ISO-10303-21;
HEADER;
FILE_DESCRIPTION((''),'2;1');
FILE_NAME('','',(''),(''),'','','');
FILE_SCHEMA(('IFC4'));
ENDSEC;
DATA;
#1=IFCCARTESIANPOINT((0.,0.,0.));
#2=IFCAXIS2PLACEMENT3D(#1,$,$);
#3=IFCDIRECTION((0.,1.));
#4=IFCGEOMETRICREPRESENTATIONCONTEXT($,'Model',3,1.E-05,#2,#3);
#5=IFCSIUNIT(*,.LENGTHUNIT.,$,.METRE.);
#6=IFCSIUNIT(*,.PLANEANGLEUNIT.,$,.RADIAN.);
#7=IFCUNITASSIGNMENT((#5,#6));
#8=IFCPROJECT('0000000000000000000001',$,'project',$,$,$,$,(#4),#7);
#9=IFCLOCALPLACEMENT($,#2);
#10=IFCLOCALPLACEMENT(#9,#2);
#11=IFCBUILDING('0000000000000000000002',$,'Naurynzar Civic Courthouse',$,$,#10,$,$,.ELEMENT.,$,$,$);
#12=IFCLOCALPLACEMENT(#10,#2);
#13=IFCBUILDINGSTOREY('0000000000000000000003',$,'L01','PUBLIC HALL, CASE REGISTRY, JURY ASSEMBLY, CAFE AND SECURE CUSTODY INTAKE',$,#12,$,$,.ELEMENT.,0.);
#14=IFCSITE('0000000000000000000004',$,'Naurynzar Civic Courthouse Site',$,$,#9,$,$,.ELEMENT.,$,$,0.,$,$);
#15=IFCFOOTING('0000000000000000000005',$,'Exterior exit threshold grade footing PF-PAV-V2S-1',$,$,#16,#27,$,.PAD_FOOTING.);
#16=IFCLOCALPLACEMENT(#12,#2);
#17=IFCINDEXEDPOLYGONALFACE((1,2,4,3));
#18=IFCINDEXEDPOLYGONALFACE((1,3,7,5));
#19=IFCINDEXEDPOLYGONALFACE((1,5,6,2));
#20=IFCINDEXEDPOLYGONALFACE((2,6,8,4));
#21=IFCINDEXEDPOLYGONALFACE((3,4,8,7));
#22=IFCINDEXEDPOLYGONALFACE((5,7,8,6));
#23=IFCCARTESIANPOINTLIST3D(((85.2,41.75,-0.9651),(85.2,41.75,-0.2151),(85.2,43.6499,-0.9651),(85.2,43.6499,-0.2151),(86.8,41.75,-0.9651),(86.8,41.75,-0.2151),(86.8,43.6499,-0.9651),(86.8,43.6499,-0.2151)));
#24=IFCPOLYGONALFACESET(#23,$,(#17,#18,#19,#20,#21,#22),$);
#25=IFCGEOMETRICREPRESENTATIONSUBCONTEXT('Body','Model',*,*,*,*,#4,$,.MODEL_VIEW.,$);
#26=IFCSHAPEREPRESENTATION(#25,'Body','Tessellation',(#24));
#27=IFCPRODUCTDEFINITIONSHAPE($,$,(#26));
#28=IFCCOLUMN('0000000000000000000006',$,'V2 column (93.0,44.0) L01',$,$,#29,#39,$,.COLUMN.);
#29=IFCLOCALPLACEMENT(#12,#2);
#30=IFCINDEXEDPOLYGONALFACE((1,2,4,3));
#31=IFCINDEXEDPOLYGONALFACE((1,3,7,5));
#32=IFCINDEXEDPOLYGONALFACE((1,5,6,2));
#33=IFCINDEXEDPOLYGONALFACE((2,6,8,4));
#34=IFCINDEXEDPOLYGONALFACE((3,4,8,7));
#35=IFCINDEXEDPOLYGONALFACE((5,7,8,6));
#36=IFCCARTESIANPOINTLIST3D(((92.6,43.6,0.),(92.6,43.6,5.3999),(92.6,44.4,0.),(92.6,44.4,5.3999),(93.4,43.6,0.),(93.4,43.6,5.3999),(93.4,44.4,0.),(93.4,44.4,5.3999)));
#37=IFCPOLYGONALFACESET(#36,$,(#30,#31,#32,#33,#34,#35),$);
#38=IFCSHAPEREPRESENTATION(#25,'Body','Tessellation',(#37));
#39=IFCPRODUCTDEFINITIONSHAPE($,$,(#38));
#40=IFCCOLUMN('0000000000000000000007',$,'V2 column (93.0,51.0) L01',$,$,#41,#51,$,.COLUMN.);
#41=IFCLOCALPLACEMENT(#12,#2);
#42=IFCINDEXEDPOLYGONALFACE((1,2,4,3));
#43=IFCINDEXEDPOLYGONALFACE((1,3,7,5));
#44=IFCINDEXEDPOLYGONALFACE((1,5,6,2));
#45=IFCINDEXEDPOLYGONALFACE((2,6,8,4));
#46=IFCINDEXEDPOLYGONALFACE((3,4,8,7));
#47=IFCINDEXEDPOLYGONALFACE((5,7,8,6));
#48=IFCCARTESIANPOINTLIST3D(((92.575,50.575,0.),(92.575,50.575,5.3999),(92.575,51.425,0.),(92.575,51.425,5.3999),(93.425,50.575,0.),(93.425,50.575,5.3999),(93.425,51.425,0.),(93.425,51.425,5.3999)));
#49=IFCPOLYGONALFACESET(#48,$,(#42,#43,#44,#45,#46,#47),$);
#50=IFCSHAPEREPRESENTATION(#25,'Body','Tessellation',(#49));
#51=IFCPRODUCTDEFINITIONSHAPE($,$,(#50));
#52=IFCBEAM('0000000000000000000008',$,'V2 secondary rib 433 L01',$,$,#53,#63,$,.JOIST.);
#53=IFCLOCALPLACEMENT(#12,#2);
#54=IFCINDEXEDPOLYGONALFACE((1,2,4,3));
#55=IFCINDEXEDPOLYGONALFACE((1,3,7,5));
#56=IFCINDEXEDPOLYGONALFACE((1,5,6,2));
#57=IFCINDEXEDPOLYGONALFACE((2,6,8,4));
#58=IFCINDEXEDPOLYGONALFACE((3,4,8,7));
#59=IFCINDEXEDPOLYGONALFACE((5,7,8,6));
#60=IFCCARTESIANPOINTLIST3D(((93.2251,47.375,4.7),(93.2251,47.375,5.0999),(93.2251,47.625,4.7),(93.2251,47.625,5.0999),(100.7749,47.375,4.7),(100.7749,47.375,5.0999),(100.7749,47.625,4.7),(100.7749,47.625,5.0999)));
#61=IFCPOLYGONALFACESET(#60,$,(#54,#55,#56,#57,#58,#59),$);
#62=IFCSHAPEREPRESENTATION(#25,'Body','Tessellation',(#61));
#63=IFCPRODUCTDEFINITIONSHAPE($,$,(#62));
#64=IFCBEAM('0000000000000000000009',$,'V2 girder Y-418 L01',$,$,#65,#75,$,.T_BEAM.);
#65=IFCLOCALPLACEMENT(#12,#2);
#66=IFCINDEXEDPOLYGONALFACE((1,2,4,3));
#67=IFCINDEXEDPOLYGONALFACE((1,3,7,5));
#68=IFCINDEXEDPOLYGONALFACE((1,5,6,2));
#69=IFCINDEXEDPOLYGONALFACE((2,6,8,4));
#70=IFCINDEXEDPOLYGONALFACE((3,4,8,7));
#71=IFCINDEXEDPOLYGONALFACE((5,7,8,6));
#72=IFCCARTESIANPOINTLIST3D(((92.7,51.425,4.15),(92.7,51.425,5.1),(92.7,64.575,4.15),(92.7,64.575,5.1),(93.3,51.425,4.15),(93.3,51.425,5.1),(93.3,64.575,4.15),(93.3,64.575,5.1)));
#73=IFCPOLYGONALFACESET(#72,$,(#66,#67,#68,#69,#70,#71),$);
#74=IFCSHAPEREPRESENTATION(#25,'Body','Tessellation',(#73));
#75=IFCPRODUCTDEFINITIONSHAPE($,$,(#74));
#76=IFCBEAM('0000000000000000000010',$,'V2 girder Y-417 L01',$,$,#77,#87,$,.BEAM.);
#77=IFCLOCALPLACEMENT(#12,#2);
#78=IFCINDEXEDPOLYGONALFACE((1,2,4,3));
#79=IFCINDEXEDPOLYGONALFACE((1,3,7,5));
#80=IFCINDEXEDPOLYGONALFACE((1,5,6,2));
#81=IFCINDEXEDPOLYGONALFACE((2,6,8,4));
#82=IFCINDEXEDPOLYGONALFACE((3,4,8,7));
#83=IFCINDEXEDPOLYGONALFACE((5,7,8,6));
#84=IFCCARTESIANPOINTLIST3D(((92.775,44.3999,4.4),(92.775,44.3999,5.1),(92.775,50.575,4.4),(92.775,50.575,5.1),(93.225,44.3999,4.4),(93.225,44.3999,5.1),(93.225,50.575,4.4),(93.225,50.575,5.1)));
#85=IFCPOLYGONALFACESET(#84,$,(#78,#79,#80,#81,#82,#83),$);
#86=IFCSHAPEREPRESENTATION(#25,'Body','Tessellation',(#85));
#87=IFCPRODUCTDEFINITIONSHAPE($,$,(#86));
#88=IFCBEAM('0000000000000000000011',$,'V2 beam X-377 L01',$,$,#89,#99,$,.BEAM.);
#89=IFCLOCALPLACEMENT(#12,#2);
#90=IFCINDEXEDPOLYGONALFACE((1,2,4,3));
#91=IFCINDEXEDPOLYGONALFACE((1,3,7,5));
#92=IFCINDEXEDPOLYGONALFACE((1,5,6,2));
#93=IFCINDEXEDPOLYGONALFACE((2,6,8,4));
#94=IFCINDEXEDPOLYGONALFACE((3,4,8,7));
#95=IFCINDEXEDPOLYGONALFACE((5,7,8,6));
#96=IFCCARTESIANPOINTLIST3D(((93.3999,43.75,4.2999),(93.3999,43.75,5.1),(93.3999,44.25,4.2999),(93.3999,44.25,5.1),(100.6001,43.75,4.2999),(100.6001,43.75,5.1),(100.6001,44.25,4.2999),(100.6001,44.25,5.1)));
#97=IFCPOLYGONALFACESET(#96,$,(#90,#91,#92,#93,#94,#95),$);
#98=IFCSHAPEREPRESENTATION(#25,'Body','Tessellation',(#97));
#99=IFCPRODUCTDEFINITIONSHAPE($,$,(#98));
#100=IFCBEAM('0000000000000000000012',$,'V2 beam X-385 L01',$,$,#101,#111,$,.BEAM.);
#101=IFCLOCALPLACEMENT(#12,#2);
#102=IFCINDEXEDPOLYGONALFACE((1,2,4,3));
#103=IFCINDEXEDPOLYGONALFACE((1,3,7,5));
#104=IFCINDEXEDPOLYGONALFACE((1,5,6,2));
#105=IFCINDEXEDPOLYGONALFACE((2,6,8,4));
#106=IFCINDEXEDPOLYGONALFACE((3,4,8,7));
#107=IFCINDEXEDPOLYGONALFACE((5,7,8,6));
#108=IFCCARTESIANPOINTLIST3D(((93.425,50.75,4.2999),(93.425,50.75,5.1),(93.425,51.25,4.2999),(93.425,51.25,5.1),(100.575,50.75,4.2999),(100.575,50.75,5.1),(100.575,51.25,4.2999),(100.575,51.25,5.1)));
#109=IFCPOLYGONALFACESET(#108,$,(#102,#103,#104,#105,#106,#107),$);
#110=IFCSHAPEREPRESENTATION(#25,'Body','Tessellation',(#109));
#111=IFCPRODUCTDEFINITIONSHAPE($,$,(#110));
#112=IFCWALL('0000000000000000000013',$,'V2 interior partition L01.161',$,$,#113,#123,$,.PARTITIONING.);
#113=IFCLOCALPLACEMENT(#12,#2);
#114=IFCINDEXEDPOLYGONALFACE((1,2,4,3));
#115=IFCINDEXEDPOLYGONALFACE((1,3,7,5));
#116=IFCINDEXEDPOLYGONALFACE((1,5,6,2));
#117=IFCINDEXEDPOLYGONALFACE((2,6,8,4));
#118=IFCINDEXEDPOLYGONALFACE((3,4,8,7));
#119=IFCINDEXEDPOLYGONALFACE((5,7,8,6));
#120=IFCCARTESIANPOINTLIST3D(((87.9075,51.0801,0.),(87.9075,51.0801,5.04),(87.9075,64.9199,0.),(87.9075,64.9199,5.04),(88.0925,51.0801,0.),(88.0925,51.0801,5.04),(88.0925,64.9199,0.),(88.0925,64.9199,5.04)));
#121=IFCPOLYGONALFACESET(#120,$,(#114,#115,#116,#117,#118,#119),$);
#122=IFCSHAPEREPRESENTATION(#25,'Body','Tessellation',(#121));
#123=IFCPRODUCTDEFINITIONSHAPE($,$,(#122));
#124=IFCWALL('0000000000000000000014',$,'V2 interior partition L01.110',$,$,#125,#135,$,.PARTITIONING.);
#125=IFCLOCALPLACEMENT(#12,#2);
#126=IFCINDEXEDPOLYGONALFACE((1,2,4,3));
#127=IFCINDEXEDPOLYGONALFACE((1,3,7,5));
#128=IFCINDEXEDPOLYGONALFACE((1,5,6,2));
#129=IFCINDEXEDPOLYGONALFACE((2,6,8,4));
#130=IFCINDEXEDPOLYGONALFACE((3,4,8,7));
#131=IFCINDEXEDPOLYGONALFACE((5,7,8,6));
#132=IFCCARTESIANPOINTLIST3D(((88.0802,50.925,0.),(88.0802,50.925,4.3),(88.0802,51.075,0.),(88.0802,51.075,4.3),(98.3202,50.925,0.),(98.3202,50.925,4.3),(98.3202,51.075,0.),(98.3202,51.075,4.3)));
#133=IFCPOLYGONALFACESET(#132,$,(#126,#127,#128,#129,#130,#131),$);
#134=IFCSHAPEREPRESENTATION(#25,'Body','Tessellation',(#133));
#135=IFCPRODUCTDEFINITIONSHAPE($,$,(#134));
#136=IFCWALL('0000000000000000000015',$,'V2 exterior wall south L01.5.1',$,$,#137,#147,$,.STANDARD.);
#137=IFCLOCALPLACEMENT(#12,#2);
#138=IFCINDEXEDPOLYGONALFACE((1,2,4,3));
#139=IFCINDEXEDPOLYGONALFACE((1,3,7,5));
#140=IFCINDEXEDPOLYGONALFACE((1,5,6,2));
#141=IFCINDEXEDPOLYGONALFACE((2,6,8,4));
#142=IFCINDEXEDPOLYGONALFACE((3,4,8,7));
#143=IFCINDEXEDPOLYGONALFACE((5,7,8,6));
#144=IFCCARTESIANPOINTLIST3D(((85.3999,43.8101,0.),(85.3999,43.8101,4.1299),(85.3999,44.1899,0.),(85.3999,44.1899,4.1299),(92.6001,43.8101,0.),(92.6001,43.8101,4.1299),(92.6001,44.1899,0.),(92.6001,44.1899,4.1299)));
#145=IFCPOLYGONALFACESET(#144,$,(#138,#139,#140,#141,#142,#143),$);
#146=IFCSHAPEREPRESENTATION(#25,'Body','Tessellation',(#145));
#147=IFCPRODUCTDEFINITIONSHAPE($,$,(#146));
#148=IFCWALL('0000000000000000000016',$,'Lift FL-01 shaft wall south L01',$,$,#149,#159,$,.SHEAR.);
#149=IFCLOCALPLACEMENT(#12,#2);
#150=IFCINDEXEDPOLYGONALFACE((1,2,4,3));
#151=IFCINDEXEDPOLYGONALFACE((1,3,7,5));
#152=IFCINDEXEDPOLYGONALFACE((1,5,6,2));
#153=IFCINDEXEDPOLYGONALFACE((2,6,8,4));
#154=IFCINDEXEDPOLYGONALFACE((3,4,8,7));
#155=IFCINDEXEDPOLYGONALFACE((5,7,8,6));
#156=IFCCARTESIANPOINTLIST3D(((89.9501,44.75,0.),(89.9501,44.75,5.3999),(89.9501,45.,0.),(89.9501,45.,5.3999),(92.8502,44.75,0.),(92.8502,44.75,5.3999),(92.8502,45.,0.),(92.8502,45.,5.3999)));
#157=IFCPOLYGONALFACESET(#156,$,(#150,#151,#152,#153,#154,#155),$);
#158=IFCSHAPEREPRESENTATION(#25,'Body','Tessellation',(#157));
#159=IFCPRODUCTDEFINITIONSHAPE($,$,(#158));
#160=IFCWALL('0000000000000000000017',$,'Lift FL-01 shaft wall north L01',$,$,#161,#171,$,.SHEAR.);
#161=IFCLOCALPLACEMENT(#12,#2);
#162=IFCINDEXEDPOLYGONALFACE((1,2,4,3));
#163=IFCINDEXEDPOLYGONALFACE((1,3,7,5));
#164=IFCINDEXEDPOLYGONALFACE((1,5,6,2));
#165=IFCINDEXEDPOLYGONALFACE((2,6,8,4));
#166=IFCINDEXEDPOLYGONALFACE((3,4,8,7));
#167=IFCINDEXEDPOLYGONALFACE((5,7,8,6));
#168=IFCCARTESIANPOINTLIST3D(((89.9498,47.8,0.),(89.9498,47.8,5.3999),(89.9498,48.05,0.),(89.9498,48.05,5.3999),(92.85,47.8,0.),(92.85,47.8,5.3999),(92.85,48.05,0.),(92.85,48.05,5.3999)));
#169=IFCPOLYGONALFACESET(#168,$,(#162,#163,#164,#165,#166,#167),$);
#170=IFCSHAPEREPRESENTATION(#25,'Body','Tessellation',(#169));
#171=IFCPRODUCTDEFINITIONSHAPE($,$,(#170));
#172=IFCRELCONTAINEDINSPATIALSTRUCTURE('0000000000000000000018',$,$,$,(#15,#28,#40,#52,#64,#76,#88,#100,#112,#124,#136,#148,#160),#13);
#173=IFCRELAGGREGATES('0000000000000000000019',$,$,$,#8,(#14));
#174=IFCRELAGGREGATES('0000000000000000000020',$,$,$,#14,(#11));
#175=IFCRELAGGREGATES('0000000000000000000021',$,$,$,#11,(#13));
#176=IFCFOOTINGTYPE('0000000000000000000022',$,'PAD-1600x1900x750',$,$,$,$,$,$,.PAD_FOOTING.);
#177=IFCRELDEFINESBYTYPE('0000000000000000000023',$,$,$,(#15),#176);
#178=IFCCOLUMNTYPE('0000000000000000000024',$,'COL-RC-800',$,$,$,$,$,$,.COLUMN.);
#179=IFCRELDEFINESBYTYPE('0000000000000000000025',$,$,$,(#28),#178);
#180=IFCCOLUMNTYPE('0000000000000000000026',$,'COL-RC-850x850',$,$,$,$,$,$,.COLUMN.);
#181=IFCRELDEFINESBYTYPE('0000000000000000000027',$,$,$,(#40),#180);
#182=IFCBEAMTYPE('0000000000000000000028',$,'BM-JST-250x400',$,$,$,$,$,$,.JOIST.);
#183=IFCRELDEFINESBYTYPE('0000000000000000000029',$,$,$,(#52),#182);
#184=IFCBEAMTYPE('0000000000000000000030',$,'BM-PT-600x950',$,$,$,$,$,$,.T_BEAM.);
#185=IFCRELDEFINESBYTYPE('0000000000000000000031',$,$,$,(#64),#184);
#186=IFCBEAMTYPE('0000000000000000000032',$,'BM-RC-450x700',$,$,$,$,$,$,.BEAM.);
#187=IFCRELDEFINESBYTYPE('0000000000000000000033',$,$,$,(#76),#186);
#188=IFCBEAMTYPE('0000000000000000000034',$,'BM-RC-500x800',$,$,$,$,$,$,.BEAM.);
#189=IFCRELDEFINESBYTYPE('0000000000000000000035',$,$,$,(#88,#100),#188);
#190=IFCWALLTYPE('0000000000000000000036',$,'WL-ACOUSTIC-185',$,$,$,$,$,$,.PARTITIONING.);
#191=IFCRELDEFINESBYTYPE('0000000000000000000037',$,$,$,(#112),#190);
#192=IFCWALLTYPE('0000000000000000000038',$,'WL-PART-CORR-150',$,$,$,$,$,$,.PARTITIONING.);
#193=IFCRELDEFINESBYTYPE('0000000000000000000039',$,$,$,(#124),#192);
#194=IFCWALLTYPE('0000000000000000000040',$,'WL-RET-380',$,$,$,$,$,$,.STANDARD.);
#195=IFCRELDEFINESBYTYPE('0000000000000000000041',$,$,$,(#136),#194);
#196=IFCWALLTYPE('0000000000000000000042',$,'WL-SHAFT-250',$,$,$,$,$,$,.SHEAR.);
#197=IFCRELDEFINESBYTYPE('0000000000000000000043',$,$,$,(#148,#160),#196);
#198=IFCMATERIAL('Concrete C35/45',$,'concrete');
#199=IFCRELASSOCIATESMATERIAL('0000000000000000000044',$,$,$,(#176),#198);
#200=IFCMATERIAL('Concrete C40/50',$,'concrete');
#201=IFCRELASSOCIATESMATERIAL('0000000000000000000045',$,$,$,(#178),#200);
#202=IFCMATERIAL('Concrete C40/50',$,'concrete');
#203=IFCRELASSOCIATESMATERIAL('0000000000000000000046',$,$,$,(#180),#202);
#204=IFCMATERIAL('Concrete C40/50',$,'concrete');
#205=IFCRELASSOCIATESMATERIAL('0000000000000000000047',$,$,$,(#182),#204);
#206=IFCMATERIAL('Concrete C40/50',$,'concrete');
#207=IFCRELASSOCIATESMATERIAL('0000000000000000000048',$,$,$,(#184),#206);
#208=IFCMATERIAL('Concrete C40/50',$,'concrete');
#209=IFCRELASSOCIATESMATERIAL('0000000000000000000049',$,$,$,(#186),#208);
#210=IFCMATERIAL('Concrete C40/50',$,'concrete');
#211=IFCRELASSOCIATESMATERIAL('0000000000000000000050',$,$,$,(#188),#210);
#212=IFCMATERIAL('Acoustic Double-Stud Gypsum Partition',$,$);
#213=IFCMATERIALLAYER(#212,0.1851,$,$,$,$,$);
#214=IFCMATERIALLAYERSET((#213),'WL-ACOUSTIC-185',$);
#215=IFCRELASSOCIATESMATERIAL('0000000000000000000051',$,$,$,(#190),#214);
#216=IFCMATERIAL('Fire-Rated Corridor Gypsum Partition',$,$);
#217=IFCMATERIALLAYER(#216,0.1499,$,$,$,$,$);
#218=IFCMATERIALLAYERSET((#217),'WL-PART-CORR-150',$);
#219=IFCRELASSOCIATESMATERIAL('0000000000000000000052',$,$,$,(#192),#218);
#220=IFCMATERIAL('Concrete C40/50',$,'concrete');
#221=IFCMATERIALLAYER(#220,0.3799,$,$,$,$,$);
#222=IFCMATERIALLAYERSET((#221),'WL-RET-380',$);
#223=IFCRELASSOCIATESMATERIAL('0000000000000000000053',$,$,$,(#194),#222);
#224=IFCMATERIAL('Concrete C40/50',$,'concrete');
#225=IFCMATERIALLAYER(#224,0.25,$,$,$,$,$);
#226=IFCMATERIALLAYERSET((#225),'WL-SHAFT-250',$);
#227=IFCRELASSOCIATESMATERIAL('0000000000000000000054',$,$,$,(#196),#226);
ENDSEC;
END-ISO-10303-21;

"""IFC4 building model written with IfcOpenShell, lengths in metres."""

from ifc_helpers import new_model, si_unit, direction, frame, frame_2d, origin, origin_2d, place, context, subcontext, project, spatial, rectangle, extrude, material, layer, layer_set, material_profile, profile_set, type_object, element, save


model = new_model("IFC4")

# Units and contexts
model_context = context("Model", 3, precision=1e-05, world=origin(), true_north=direction((0.0, 1.0)))
body_context = subcontext(model_context, "Body", "Model", "MODEL_VIEW")
ifc_project = project(units=[si_unit("LENGTHUNIT", "METRE"), si_unit("PLANEANGLEUNIT", "RADIAN")], contexts=[model_context])

# Site, building, storey
site_placement = place(None, origin())
site = spatial("IfcSite", under=ifc_project, at=site_placement, Name="Naurynzar Civic Courthouse Site", CompositionType="ELEMENT", RefElevation=0.0)
building_placement = place(site_placement, origin())
building = spatial("IfcBuilding", under=site, at=building_placement, Name="Naurynzar Civic Courthouse", CompositionType="ELEMENT")
storey_placement = place(building_placement, origin())
storey = spatial("IfcBuildingStorey", under=building, at=storey_placement, Name="L01", Description="PUBLIC HALL, CASE REGISTRY, JURY ASSEMBLY, CAFE AND SECURE CUSTODY INTAKE", CompositionType="ELEMENT", Elevation=0.0)

# Footing
ifc_material_1 = material(Name="Concrete C35/45", Category="concrete")
footing_type = type_object("IfcFootingType", Name="PAD-1600x1900x750", PredefinedType="PAD_FOOTING", material=ifc_material_1)
footing_placement = place(storey_placement, frame((86.0, 42.7, -0.9651), z_axis=(0.0, 0.0, 1.0), x_axis=(1.0, 0.0, 0.0)))
element("IfcFooting", 1, at=footing_placement, inside=storey, type_object=footing_type, Name="Exterior exit threshold grade footing PF-PAV-V2S-1", PredefinedType="PAD_FOOTING", context=body_context, shape_type="SweptSolid", body=[
    extrude(rectangle(XDim=1.6001, YDim=1.8999, at=origin_2d()), origin(), (0.0, 0.0, 1.0), 0.75),
])

# Columns
ifc_material_2 = material(Name="Concrete C40/50", Category="concrete")
ifc_material_profile_1 = material_profile(ifc_material_2, rectangle(XDim=0.8, YDim=0.8, at=origin_2d()), Name="RC 800x800")
ifc_profile_set_1 = profile_set([ifc_material_profile_1], Name="Concrete C40/50")
column_type_1 = type_object("IfcColumnType", Name="COL-RC-800", PredefinedType="COLUMN", material=ifc_profile_set_1)
column_1_placement = place(storey_placement, frame((93.0, 44.0, 0.0), z_axis=(0.0, 0.0, 1.0), x_axis=(1.0, 0.0, 0.0)))
element("IfcColumn", 2, at=column_1_placement, inside=storey, type_object=column_type_1, Name="V2 column (93.0,44.0) L01", PredefinedType="COLUMN", context=body_context, shape_type="SweptSolid", body=[
    extrude(rectangle(XDim=0.8, YDim=0.8, at=origin_2d()), origin(), (0.0, 0.0, 1.0), 5.3999),
])
ifc_material_3 = material(Name="Concrete C40/50", Category="concrete")
ifc_material_profile_2 = material_profile(ifc_material_3, rectangle(XDim=0.8501, YDim=0.8501, at=origin_2d()), Name="RC 850x850")
ifc_profile_set_2 = profile_set([ifc_material_profile_2], Name="Concrete C40/50")
column_type_2 = type_object("IfcColumnType", Name="COL-RC-850x850", PredefinedType="COLUMN", material=ifc_profile_set_2)
column_2_placement = place(storey_placement, frame((93.0, 51.0, 0.0), z_axis=(0.0, 0.0, 1.0), x_axis=(1.0, 0.0, 0.0)))
element("IfcColumn", 3, at=column_2_placement, inside=storey, type_object=column_type_2, Name="V2 column (93.0,51.0) L01", PredefinedType="COLUMN", context=body_context, shape_type="SweptSolid", body=[
    extrude(rectangle(XDim=0.8501, YDim=0.8501, at=origin_2d()), origin(), (0.0, 0.0, 1.0), 5.3999),
])

# Beams
ifc_material_4 = material(Name="Concrete C40/50", Category="concrete")
ifc_material_profile_3 = material_profile(ifc_material_4, rectangle(XDim=0.25, YDim=0.3999, at=origin_2d()), Name="RCB 250x400")
ifc_profile_set_3 = profile_set([ifc_material_profile_3], Name="Concrete C40/50")
beam_type_1 = type_object("IfcBeamType", Name="BM-JST-250x400", PredefinedType="JOIST", material=ifc_profile_set_3)
beam_1_placement = place(storey_placement, frame((93.2251, 47.5, 4.8999), z_axis=(1.0, 0.0, 0.0), x_axis=(0.0, 1.0, 0.0)))
element("IfcBeam", 4, at=beam_1_placement, inside=storey, type_object=beam_type_1, Name="V2 secondary rib 433 L01", PredefinedType="JOIST", context=body_context, shape_type="SweptSolid", body=[
    extrude(rectangle(XDim=0.25, YDim=0.3999, at=origin_2d()), origin(), (0.0, 0.0, 1.0), 7.5498),
])
ifc_material_5 = material(Name="Concrete C40/50", Category="concrete")
ifc_material_profile_4 = material_profile(ifc_material_5, rectangle(XDim=0.6001, YDim=0.95, at=origin_2d()), Name="PTB 600x950")
ifc_profile_set_4 = profile_set([ifc_material_profile_4], Name="Concrete C40/50")
beam_type_2 = type_object("IfcBeamType", Name="BM-PT-600x950", PredefinedType="T_BEAM", material=ifc_profile_set_4)
beam_2_placement = place(storey_placement, frame((93.0, 51.425, 4.625), z_axis=(0.0, 1.0, 0.0), x_axis=(-1.0, 0.0, 0.0)))
element("IfcBeam", 5, at=beam_2_placement, inside=storey, type_object=beam_type_2, Name="V2 girder Y-418 L01", PredefinedType="T_BEAM", context=body_context, shape_type="SweptSolid", body=[
    extrude(rectangle(XDim=0.6001, YDim=0.95, at=origin_2d()), origin(), (0.0, 0.0, 1.0), 13.1499),
])
ifc_material_6 = material(Name="Concrete C40/50", Category="concrete")
ifc_material_profile_5 = material_profile(ifc_material_6, rectangle(XDim=0.45, YDim=0.7, at=origin_2d()), Name="RCB 450x700")
ifc_profile_set_5 = profile_set([ifc_material_profile_5], Name="Concrete C40/50")
beam_type_3 = type_object("IfcBeamType", Name="BM-RC-450x700", PredefinedType="BEAM", material=ifc_profile_set_5)
beam_3_placement = place(storey_placement, frame((93.0, 44.3999, 4.75), z_axis=(0.0, 1.0, 0.0), x_axis=(-1.0, 0.0, 0.0)))
element("IfcBeam", 6, at=beam_3_placement, inside=storey, type_object=beam_type_3, Name="V2 girder Y-417 L01", PredefinedType="BEAM", context=body_context, shape_type="SweptSolid", body=[
    extrude(rectangle(XDim=0.45, YDim=0.7, at=origin_2d()), origin(), (0.0, 0.0, 1.0), 6.175),
])
ifc_material_7 = material(Name="Concrete C40/50", Category="concrete")
ifc_material_profile_6 = material_profile(ifc_material_7, rectangle(XDim=0.5, YDim=0.8, at=origin_2d()), Name="RCB 500x800")
ifc_profile_set_6 = profile_set([ifc_material_profile_6], Name="Concrete C40/50")
beam_type_4 = type_object("IfcBeamType", Name="BM-RC-500x800", PredefinedType="BEAM", material=ifc_profile_set_6)
beam_4_placement = place(storey_placement, frame((93.3999, 44.0, 4.7), z_axis=(1.0, 0.0, 0.0), x_axis=(0.0, 1.0, 0.0)))
element("IfcBeam", 7, at=beam_4_placement, inside=storey, type_object=beam_type_4, Name="V2 beam X-377 L01", PredefinedType="BEAM", context=body_context, shape_type="SweptSolid", body=[
    extrude(rectangle(XDim=0.5, YDim=0.8, at=origin_2d()), origin(), (0.0, 0.0, 1.0), 7.2002),
])
beam_5_placement = place(storey_placement, frame((93.425, 51.0, 4.7), z_axis=(1.0, 0.0, 0.0), x_axis=(0.0, 1.0, 0.0)))
element("IfcBeam", 8, at=beam_5_placement, inside=storey, type_object=beam_type_4, Name="V2 beam X-385 L01", PredefinedType="BEAM", context=body_context, shape_type="SweptSolid", body=[
    extrude(rectangle(XDim=0.5, YDim=0.8, at=origin_2d()), origin(), (0.0, 0.0, 1.0), 7.1499),
])

# Walls
ifc_material_8 = material(Name="Acoustic Double-Stud Gypsum Partition")
ifc_layer_1 = layer(ifc_material_8, 0.1851)
ifc_layer_set_1 = layer_set([ifc_layer_1], Name="WL-ACOUSTIC-185")
wall_type_1 = type_object("IfcWallType", Name="WL-ACOUSTIC-185", PredefinedType="PARTITIONING", material=ifc_layer_set_1)
wall_1_placement = place(storey_placement, frame((88.0, 51.0801, 0.0), z_axis=(0.0, 0.0, 1.0), x_axis=(0.0, 1.0, 0.0)))
element("IfcWall", 9, at=wall_1_placement, inside=storey, type_object=wall_type_1, Name="V2 interior partition L01.161", PredefinedType="PARTITIONING", context=body_context, shape_type="SweptSolid", body=[
    extrude(rectangle(XDim=13.8398, YDim=0.1851, at=frame_2d((6.9199, 0.0))), origin(), (0.0, 0.0, 1.0), 5.04),
])
ifc_material_9 = material(Name="Fire-Rated Corridor Gypsum Partition")
ifc_layer_2 = layer(ifc_material_9, 0.1499)
ifc_layer_set_2 = layer_set([ifc_layer_2], Name="WL-PART-CORR-150")
wall_type_2 = type_object("IfcWallType", Name="WL-PART-CORR-150", PredefinedType="PARTITIONING", material=ifc_layer_set_2)
wall_2_placement = place(storey_placement, frame((88.0801, 51.0, 0.0), z_axis=(0.0, 0.0, 1.0), x_axis=(1.0, 0.0, 0.0)))
element("IfcWall", 10, at=wall_2_placement, inside=storey, type_object=wall_type_2, Name="V2 interior partition L01.110", PredefinedType="PARTITIONING", context=body_context, shape_type="SweptSolid", body=[
    extrude(rectangle(XDim=10.24, YDim=0.1499, at=frame_2d((5.1201, 0.0))), origin(), (0.0, 0.0, 1.0), 4.3),
])
ifc_material_10 = material(Name="Concrete C40/50", Category="concrete")
ifc_layer_3 = layer(ifc_material_10, 0.3799)
ifc_layer_set_3 = layer_set([ifc_layer_3], Name="WL-RET-380")
wall_type_3 = type_object("IfcWallType", Name="WL-RET-380", PredefinedType="STANDARD", material=ifc_layer_set_3)
wall_3_placement = place(storey_placement, frame((92.6001, 44.0, 0.0), z_axis=(0.0, 0.0, 1.0), x_axis=(-1.0, 0.0, 0.0)))
element("IfcWall", 11, at=wall_3_placement, inside=storey, type_object=wall_type_3, Name="V2 exterior wall south L01.5.1", PredefinedType="STANDARD", context=body_context, shape_type="SweptSolid", body=[
    extrude(rectangle(XDim=7.2002, YDim=0.3799, at=frame_2d((3.6001, 0.0))), origin(), (0.0, 0.0, 1.0), 4.1299),
])
ifc_material_11 = material(Name="Concrete C40/50", Category="concrete")
ifc_layer_4 = layer(ifc_material_11, 0.25)
ifc_layer_set_4 = layer_set([ifc_layer_4], Name="WL-SHAFT-250")
wall_type_4 = type_object("IfcWallType", Name="WL-SHAFT-250", PredefinedType="SHEAR", material=ifc_layer_set_4)
for number, where, z_axis, x_axis, name in (
    (12, (89.95, 44.875, 0.0), (0.0, 0.0, 1.0), (1.0, 0.0, 0.0), "Lift FL-01 shaft wall south L01"),
    (13, (92.8501, 47.925, 0.0), (0.0, 0.0, 1.0), (-1.0, 0.0, 0.0), "Lift FL-01 shaft wall north L01"),
):
    element("IfcWall", number, at=place(storey_placement, frame(where, z_axis=z_axis, x_axis=x_axis)), inside=storey, type_object=wall_type_4, Name=name, PredefinedType="SHEAR", context=body_context, shape_type="SweptSolid", body=[
        extrude(rectangle(XDim=2.9001, YDim=0.25, at=frame_2d((1.4502, 0.0))), origin(), (0.0, 0.0, 1.0), 5.3999),
    ])

save(model, "model.ifc")
